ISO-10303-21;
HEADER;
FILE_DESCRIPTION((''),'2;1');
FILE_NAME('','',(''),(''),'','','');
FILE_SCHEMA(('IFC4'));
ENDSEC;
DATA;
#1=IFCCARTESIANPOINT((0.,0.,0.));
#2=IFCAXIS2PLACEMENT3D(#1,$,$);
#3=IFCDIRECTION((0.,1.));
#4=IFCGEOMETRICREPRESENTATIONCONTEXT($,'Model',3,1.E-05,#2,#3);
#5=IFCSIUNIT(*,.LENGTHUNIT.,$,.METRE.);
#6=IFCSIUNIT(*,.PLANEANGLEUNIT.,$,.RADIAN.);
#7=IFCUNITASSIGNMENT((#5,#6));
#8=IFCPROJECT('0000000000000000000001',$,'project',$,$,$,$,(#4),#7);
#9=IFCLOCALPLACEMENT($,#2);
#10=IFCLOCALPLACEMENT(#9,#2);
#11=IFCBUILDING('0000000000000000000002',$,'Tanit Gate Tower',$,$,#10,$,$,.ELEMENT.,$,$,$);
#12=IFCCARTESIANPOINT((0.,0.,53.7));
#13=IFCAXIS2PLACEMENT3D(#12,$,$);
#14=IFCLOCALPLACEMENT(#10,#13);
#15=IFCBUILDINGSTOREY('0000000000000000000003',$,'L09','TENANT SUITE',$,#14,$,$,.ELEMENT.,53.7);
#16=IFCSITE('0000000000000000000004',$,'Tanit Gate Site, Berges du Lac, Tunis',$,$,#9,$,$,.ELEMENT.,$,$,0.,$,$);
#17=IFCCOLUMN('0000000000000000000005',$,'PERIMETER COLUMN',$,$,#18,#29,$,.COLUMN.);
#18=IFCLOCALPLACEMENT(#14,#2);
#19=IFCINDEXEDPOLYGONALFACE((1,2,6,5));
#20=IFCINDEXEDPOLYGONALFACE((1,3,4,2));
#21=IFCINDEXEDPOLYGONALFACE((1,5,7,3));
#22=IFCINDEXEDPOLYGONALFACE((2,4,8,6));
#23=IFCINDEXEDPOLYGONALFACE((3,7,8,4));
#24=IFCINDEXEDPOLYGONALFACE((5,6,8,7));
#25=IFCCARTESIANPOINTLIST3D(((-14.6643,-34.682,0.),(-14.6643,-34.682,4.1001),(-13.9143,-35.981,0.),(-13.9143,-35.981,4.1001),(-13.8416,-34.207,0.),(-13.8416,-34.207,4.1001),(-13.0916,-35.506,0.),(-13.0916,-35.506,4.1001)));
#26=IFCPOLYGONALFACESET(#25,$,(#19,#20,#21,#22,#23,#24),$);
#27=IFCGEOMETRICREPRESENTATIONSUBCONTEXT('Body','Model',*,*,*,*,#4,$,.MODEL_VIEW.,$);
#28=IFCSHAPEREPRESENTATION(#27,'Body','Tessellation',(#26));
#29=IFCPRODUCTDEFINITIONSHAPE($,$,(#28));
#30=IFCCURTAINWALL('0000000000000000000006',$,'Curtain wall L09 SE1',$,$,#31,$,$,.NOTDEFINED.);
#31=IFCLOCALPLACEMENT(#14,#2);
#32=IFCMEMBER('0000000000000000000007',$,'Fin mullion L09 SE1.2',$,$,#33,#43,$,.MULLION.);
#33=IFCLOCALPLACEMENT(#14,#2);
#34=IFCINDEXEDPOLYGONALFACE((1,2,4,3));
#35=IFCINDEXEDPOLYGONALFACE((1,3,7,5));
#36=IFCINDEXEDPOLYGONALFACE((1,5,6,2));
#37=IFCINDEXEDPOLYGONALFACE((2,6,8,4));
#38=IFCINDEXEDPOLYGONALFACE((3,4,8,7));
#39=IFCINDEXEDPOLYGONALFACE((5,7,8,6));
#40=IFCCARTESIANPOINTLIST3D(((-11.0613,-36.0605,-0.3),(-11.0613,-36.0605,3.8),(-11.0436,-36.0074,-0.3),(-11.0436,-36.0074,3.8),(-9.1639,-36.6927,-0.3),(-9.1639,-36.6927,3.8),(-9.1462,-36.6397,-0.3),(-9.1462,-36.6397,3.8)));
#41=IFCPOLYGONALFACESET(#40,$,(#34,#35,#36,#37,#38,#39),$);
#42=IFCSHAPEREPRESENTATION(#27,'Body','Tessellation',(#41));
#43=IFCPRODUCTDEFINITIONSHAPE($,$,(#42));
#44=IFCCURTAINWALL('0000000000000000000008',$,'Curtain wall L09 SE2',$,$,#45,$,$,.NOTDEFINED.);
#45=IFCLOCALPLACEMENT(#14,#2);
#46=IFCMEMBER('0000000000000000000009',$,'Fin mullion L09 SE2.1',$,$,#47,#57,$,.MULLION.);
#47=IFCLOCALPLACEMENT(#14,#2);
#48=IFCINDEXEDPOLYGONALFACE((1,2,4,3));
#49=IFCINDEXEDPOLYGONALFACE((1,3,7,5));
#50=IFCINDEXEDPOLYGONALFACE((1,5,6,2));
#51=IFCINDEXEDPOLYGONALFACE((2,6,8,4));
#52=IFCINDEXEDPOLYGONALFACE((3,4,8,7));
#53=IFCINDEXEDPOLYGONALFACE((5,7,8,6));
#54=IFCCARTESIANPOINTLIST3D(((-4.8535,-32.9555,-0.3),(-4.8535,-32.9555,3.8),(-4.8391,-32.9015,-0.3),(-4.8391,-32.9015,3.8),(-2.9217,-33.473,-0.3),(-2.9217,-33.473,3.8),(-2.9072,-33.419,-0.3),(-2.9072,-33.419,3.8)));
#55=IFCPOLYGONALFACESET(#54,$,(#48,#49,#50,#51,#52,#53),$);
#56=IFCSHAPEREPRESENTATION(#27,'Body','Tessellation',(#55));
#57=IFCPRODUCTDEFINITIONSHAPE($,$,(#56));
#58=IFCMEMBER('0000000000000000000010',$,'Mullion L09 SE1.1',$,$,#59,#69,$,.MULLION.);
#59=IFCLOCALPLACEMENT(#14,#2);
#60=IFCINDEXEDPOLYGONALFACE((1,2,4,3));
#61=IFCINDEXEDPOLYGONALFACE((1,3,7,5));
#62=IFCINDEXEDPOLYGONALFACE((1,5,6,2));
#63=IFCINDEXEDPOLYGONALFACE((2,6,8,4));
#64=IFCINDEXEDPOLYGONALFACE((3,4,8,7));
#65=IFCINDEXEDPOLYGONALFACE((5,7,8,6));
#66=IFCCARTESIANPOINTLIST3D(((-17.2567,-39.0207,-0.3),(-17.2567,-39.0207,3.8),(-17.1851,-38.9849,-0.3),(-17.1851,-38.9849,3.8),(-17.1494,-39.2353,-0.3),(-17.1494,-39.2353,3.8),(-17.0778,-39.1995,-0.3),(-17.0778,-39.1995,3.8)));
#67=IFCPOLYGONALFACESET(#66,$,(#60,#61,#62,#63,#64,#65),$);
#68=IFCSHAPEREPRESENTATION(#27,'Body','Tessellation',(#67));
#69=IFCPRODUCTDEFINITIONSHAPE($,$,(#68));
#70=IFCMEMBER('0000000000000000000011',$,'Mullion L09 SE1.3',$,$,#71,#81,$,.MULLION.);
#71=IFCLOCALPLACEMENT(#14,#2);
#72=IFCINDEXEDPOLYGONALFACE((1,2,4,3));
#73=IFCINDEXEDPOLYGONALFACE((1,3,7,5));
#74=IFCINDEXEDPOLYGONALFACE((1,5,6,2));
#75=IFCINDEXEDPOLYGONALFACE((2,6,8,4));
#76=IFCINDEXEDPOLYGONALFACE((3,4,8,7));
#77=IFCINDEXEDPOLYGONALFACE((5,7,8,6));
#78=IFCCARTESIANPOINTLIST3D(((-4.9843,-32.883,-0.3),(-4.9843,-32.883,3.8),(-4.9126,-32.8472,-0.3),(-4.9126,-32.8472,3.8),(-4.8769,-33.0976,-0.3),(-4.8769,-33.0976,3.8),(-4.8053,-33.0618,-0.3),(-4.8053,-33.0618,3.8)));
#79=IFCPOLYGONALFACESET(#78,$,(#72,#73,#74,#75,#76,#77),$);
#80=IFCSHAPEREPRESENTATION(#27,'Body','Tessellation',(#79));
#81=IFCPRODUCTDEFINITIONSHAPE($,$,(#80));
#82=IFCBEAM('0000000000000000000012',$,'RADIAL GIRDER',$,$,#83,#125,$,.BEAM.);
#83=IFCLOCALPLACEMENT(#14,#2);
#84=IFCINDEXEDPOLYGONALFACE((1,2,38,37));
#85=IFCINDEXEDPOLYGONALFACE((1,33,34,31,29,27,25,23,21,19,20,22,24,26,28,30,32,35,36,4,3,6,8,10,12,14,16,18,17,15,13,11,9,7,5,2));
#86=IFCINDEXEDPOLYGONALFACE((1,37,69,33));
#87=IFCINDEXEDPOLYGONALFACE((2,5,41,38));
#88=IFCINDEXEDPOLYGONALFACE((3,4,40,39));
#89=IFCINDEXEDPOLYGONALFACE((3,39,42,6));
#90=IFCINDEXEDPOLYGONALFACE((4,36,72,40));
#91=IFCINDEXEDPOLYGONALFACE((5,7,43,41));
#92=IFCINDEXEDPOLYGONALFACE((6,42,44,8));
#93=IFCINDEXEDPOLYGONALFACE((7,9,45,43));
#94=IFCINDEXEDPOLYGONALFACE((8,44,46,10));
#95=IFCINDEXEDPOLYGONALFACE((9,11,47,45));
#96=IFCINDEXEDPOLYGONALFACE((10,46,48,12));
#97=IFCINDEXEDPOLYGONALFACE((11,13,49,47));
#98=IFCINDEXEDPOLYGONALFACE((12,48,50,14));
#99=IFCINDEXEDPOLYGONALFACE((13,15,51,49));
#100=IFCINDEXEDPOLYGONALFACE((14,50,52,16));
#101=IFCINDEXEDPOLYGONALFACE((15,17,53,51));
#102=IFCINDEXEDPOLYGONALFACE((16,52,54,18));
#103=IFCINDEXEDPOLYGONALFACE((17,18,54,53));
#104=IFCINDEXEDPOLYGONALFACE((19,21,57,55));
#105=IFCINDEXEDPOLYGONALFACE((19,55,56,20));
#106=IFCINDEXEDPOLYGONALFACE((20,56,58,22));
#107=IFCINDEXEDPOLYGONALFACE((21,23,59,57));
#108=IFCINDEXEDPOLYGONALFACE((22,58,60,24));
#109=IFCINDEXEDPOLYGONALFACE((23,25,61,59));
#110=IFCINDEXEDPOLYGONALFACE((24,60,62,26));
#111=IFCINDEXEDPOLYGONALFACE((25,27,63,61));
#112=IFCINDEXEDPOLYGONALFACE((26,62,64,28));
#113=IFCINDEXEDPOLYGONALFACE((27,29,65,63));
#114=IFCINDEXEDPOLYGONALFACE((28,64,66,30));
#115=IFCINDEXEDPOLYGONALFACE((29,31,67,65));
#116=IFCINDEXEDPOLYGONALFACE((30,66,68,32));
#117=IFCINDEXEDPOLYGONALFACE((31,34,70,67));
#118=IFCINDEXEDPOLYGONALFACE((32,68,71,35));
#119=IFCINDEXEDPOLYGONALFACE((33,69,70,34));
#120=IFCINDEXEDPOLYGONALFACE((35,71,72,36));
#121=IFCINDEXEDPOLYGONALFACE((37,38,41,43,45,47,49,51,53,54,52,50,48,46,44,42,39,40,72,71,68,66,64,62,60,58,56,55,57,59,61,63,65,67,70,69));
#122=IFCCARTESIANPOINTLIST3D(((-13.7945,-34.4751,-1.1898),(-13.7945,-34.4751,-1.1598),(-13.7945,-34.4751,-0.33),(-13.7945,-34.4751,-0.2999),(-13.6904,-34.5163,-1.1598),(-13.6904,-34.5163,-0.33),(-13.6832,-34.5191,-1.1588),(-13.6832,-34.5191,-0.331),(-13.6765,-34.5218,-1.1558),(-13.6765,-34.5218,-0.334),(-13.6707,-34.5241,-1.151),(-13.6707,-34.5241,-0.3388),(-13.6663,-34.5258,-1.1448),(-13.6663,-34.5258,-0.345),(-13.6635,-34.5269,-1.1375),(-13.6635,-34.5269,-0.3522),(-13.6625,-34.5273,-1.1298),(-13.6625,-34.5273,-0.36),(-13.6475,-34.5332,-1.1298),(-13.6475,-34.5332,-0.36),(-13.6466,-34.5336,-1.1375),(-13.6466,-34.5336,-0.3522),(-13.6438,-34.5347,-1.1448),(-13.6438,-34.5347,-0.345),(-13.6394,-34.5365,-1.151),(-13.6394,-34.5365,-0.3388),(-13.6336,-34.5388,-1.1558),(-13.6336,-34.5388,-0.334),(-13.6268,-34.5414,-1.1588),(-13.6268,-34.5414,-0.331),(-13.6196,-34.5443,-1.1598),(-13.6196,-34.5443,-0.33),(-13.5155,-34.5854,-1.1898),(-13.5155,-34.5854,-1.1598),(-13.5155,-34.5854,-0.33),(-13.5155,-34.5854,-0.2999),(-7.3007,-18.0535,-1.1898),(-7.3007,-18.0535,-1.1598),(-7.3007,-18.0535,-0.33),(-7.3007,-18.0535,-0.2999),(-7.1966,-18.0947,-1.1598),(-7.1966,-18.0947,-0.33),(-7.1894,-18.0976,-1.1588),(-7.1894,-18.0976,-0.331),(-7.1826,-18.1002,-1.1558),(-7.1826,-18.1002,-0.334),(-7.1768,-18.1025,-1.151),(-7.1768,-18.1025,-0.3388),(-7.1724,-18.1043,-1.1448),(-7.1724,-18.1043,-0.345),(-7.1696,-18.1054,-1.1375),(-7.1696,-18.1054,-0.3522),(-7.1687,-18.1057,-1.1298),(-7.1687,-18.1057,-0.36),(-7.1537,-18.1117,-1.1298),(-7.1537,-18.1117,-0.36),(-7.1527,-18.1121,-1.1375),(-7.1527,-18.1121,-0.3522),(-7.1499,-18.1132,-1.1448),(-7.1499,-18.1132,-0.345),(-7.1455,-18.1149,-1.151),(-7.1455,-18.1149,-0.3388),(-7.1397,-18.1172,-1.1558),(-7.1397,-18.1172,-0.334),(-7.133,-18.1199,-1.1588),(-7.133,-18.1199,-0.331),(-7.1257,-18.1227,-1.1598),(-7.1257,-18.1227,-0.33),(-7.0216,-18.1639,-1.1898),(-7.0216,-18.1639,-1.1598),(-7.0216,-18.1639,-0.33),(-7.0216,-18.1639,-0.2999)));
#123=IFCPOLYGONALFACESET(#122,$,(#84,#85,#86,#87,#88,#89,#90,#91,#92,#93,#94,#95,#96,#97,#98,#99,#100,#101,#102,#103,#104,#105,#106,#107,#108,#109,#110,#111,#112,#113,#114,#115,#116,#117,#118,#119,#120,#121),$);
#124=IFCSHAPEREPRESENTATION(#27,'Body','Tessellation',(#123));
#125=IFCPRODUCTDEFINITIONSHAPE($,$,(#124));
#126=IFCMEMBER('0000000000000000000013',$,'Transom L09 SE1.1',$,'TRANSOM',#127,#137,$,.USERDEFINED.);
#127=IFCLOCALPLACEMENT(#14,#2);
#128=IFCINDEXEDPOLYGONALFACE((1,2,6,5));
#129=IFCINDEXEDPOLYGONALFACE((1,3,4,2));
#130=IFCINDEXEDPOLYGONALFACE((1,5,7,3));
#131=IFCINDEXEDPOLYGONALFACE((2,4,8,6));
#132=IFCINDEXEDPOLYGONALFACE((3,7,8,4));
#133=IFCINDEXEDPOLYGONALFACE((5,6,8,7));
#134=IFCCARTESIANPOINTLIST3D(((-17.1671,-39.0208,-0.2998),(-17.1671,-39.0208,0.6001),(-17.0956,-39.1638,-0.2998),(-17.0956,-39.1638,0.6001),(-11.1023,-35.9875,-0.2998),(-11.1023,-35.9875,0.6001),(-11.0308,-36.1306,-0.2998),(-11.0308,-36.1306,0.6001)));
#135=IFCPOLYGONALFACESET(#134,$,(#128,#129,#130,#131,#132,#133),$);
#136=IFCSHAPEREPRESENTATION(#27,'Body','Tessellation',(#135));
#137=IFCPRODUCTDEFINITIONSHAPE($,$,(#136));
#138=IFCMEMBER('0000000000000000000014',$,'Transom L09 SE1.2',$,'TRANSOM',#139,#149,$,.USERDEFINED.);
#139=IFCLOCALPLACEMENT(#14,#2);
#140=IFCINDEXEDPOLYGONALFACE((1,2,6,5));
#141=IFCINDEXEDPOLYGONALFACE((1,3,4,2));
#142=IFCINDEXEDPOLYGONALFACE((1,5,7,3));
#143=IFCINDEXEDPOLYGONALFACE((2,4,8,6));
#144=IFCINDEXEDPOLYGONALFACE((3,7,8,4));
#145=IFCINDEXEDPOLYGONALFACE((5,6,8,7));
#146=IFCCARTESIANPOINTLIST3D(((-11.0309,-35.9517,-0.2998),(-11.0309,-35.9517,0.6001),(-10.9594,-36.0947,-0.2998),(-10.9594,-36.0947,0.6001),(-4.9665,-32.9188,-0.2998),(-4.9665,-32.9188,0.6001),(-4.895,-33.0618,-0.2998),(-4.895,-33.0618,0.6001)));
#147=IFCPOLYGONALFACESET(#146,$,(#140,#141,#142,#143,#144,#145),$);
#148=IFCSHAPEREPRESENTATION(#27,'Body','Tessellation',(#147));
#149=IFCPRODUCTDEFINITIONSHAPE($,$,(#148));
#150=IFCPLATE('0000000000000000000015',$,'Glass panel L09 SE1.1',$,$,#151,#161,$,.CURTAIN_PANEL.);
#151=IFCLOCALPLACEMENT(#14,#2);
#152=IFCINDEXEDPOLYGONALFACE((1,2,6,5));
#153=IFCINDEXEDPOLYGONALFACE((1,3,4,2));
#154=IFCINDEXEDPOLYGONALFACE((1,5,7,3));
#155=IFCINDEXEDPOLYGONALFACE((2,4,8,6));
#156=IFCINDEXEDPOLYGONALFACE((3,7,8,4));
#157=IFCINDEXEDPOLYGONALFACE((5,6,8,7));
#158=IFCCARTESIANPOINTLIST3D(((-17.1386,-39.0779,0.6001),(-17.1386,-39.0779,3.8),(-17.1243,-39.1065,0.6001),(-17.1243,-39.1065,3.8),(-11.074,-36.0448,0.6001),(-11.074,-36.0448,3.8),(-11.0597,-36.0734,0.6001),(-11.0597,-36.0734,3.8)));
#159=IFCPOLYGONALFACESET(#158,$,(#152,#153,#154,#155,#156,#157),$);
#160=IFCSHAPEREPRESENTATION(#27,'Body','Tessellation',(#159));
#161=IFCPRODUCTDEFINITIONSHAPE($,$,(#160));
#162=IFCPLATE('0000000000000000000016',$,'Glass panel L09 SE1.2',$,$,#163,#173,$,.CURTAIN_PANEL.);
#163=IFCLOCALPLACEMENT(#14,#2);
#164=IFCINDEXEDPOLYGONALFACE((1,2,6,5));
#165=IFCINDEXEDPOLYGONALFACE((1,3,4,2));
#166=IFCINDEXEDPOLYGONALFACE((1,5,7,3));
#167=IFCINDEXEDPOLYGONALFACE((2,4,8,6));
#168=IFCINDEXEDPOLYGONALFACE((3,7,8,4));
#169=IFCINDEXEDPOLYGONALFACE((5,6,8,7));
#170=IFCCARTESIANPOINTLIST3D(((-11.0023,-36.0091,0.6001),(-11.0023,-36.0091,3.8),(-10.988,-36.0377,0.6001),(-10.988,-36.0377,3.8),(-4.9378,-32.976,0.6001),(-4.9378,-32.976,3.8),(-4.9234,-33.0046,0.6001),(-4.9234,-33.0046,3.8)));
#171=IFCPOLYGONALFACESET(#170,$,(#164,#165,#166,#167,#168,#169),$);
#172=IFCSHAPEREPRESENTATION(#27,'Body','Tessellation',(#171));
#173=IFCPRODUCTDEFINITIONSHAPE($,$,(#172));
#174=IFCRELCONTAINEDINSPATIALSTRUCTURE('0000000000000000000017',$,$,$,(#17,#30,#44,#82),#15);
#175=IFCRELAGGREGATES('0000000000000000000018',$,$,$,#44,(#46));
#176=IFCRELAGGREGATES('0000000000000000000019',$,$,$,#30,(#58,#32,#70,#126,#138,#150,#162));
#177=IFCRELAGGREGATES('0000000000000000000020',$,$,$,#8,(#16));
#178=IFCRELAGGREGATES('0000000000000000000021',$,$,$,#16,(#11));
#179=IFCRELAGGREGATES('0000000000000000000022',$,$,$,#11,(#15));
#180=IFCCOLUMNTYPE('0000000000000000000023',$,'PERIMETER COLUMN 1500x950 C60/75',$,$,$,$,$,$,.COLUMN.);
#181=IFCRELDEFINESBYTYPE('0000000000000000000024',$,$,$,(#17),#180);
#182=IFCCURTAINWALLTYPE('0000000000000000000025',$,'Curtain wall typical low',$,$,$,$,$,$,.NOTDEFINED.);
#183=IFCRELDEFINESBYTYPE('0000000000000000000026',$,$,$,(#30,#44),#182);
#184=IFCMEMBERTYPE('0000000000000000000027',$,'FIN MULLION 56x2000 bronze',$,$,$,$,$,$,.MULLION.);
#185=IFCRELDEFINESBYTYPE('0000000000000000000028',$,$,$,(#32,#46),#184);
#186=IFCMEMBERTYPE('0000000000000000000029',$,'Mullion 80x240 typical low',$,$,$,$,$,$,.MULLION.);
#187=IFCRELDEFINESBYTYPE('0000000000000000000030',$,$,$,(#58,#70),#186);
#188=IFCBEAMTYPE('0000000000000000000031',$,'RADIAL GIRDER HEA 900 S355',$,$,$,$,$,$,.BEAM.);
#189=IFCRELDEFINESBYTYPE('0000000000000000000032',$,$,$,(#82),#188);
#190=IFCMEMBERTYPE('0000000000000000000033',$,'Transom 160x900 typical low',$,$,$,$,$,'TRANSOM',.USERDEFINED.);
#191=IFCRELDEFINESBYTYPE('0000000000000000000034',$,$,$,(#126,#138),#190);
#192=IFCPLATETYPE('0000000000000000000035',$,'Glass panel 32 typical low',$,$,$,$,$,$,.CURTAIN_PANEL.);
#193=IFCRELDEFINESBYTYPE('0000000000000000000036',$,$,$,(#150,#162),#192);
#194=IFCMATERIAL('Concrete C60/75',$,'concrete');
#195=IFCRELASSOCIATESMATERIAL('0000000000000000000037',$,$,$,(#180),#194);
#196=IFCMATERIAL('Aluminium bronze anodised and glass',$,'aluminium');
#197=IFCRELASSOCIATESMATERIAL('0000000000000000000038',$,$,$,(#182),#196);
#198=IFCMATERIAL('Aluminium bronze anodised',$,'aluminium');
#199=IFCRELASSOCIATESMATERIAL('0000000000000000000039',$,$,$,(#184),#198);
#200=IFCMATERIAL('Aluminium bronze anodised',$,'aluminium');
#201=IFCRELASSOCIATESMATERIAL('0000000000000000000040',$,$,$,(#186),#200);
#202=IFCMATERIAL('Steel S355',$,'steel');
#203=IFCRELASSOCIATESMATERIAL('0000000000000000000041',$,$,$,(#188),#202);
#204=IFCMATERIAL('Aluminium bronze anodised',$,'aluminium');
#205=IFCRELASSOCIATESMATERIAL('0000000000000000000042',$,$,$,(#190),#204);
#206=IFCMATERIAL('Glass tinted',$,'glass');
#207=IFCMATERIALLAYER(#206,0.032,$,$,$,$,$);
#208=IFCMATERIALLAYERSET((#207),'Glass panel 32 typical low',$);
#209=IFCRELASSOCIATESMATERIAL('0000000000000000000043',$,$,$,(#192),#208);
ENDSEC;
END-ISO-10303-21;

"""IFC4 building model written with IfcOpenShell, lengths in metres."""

from ifc_helpers import new_model, si_unit, direction, frame, origin, origin_2d, place, context, subcontext, project, spatial, rectangle, i_section, extrude, material, layer, layer_set, material_profile, profile_set, type_object, element, aggregate, save


model = new_model("IFC4")

# Units and contexts
model_context = context("Model", 3, precision=1e-05, world=origin(), true_north=direction((0.0, 1.0)))
body_context = subcontext(model_context, "Body", "Model", "MODEL_VIEW")
ifc_project = project(units=[si_unit("LENGTHUNIT", "METRE"), si_unit("PLANEANGLEUNIT", "RADIAN")], contexts=[model_context])

# Site, building, storey
site_placement = place(None, origin())
site = spatial("IfcSite", under=ifc_project, at=site_placement, Name="Tanit Gate Site, Berges du Lac, Tunis", CompositionType="ELEMENT", RefElevation=0.0)
building_placement = place(site_placement, origin())
building = spatial("IfcBuilding", under=site, at=building_placement, Name="Tanit Gate Tower", CompositionType="ELEMENT")
storey_placement = place(building_placement, frame((0.0, 0.0, 53.7)))
storey = spatial("IfcBuildingStorey", under=building, at=storey_placement, Name="L09", Description="TENANT SUITE", CompositionType="ELEMENT", Elevation=53.7)

# Column
ifc_material_1 = material(Name="Concrete C60/75", Category="concrete")
ifc_material_profile_1 = material_profile(ifc_material_1, rectangle(XDim=1.5, YDim=0.95, at=origin_2d()), Name="RC 1500x950")
ifc_profile_set_1 = profile_set([ifc_material_profile_1], Name="Concrete C60/75")
column_type = type_object("IfcColumnType", Name="PERIMETER COLUMN 1500x950 C60/75", PredefinedType="COLUMN", material=ifc_profile_set_1)
column_placement = place(storey_placement, frame((-13.8779, -35.094, 0.0), z_axis=(0.0, 0.0, 1.0), x_axis=(0.5, -0.866025, 0.0)))
element("IfcColumn", 1, at=column_placement, inside=storey, type_object=column_type, Name="PERIMETER COLUMN", PredefinedType="COLUMN", context=body_context, shape_type="SweptSolid", body=[
    extrude(rectangle(XDim=1.5, YDim=0.95, at=origin_2d()), origin(), (0.0, 0.0, 1.0), 4.1001),
])

# Curtain walls, members
ifc_material_2 = material(Name="Aluminium bronze anodised and glass", Category="aluminium")
curtain_wall_type = type_object("IfcCurtainWallType", Name="Curtain wall typical low", PredefinedType="NOTDEFINED", material=ifc_material_2)
curtain_wall_1_placement = place(storey_placement, origin())
curtain_wall_1 = element("IfcCurtainWall", 2, at=curtain_wall_1_placement, inside=storey, type_object=curtain_wall_type, Name="Curtain wall L09 SE1", PredefinedType="NOTDEFINED")
ifc_material_3 = material(Name="Aluminium bronze anodised", Category="aluminium")
ifc_material_profile_2 = material_profile(ifc_material_3, rectangle(XDim=2.0, YDim=0.0559, at=origin_2d()), Name="56x2000 bronze fin mullion")
ifc_profile_set_2 = profile_set([ifc_material_profile_2], Name="Aluminium bronze anodised")
member_type_1 = type_object("IfcMemberType", Name="FIN MULLION 56x2000 bronze", PredefinedType="MULLION", material=ifc_profile_set_2)
member_1_placement = place(storey_placement, frame((-10.1038, -36.3501, -0.3), z_axis=(0.0, 0.0, 1.0), x_axis=(-0.948716, 0.316129, 0.0)))
member_1 = element("IfcMember", 3, at=member_1_placement, type_object=member_type_1, Name="Fin mullion L09 SE1.2", PredefinedType="MULLION", context=body_context, shape_type="SweptSolid", body=[
    extrude(rectangle(XDim=2.0, YDim=0.0559, at=origin_2d()), origin(), (0.0, 0.0, 1.0), 4.1001),
])
curtain_wall_2_placement = place(storey_placement, origin())
curtain_wall_2 = element("IfcCurtainWall", 4, at=curtain_wall_2_placement, inside=storey, type_object=curtain_wall_type, Name="Curtain wall L09 SE2", PredefinedType="NOTDEFINED")
member_2_placement = place(storey_placement, frame((-3.8804, -33.1873, -0.3), z_axis=(0.0, 0.0, 1.0), x_axis=(-0.965944, 0.258752, 0.0)))
member_2 = element("IfcMember", 5, at=member_2_placement, type_object=member_type_1, Name="Fin mullion L09 SE2.1", PredefinedType="MULLION", context=body_context, shape_type="SweptSolid", body=[
    extrude(rectangle(XDim=2.0, YDim=0.0559, at=origin_2d()), origin(), (0.0, 0.0, 1.0), 4.1001),
])
aggregate(curtain_wall_2, [member_2])

# Members
ifc_material_4 = material(Name="Aluminium bronze anodised", Category="aluminium")
ifc_material_profile_3 = material_profile(ifc_material_4, rectangle(XDim=0.24, YDim=0.0801, at=origin_2d()), Name="80x240 bronze mullion")
ifc_profile_set_3 = profile_set([ifc_material_profile_3], Name="Aluminium bronze anodised")
member_type_2 = type_object("IfcMemberType", Name="Mullion 80x240 typical low", PredefinedType="MULLION", material=ifc_profile_set_3)
member_3_placement = place(storey_placement, frame((-17.1672, -39.1101, -0.3), z_axis=(0.0, 0.0, 1.0), x_axis=(-0.447307, 0.894381, 0.0)))
member_3 = element("IfcMember", 6, at=member_3_placement, type_object=member_type_2, Name="Mullion L09 SE1.1", PredefinedType="MULLION", context=body_context, shape_type="SweptSolid", body=[
    extrude(rectangle(XDim=0.24, YDim=0.0801, at=origin_2d()), origin(), (0.0, 0.0, 1.0), 4.1001),
])
member_4_placement = place(storey_placement, frame((-4.8948, -32.9724, -0.3), z_axis=(0.0, 0.0, 1.0), x_axis=(-0.447307, 0.894381, 0.0)))
member_4 = element("IfcMember", 7, at=member_4_placement, type_object=member_type_2, Name="Mullion L09 SE1.3", PredefinedType="MULLION", context=body_context, shape_type="SweptSolid", body=[
    extrude(rectangle(XDim=0.24, YDim=0.0801, at=origin_2d()), origin(), (0.0, 0.0, 1.0), 4.1001),
])

# Beam
ifc_material_5 = material(Name="Steel S355", Category="steel")
ifc_material_profile_4 = material_profile(ifc_material_5, i_section(OverallWidth=0.3, OverallDepth=0.8899, WebThickness=0.0161, FlangeThickness=0.03, FilletRadius=0.03, at=origin_2d()), Name="HEA 900")
ifc_profile_set_4 = profile_set([ifc_material_profile_4], Name="Steel S355")
beam_type = type_object("IfcBeamType", Name="RADIAL GIRDER HEA 900 S355", PredefinedType="BEAM", material=ifc_profile_set_4)
beam_placement = place(storey_placement, frame((-13.655, -34.5303, -0.7449), z_axis=(0.367738, 0.929929, 0.0), x_axis=(-0.929929, 0.367738, 0.0)))
element("IfcBeam", 8, at=beam_placement, inside=storey, type_object=beam_type, Name="RADIAL GIRDER", PredefinedType="BEAM", context=body_context, shape_type="SweptSolid", body=[
    extrude(i_section(OverallWidth=0.3, OverallDepth=0.8899, WebThickness=0.0161, FlangeThickness=0.03, FilletRadius=0.03, at=origin_2d()), origin(), (0.0, 0.0, 1.0), 17.6589),
])

# Members
ifc_material_6 = material(Name="Aluminium bronze anodised", Category="aluminium")
ifc_material_profile_5 = material_profile(ifc_material_6, rectangle(XDim=0.1599, YDim=0.8999, at=origin_2d()), Name="160x900 bronze transom")
ifc_profile_set_5 = profile_set([ifc_material_profile_5], Name="Aluminium bronze anodised")
member_type_3 = type_object("IfcMemberType", Name="Transom 160x900 typical low", ElementType="TRANSOM", PredefinedType="USERDEFINED", material=ifc_profile_set_5)
member_5_placement = place(storey_placement, frame((-17.1313, -39.0923, 0.1501), z_axis=(0.894377, 0.447314, 0.0), x_axis=(-0.447314, 0.894377, 0.0)))
member_5 = element("IfcMember", 9, at=member_5_placement, type_object=member_type_3, Name="Transom L09 SE1.1", ObjectType="TRANSOM", PredefinedType="USERDEFINED", context=body_context, shape_type="SweptSolid", body=[
    extrude(rectangle(XDim=0.1599, YDim=0.8999, at=origin_2d()), origin(), (0.0, 0.0, 1.0), 6.781),
])
member_6_placement = place(storey_placement, frame((-10.9951, -36.0232, 0.1501), z_axis=(0.894384, 0.4473, 0.0), x_axis=(-0.4473, 0.894384, 0.0)))
member_6 = element("IfcMember", 10, at=member_6_placement, type_object=member_type_3, Name="Transom L09 SE1.2", ObjectType="TRANSOM", PredefinedType="USERDEFINED", context=body_context, shape_type="SweptSolid", body=[
    extrude(rectangle(XDim=0.1599, YDim=0.8999, at=origin_2d()), origin(), (0.0, 0.0, 1.0), 6.7805),
])

# Plates
ifc_material_7 = material(Name="Glass tinted", Category="glass")
ifc_layer = layer(ifc_material_7, 0.032)
ifc_layer_set = layer_set([ifc_layer], Name="Glass panel 32 typical low")
plate_type = type_object("IfcPlateType", Name="Glass panel 32 typical low", PredefinedType="CURTAIN_PANEL", material=ifc_layer_set)
plate_1_placement = place(storey_placement, frame((-14.0991, -37.5757, 0.6001), z_axis=(0.0, 0.0, 1.0), x_axis=(0.894381, 0.447307, 0.0)))
plate_1 = element("IfcPlate", 11, at=plate_1_placement, type_object=plate_type, Name="Glass panel L09 SE1.1", PredefinedType="CURTAIN_PANEL", context=body_context, shape_type="SweptSolid", body=[
    extrude(rectangle(XDim=6.7808, YDim=0.032, at=origin_2d()), origin(), (0.0, 0.0, 1.0), 3.2),
])
plate_2_placement = place(storey_placement, frame((-7.9629, -34.5068, 0.6001), z_axis=(0.0, 0.0, 1.0), x_axis=(0.894381, 0.447307, 0.0)))
plate_2 = element("IfcPlate", 12, at=plate_2_placement, type_object=plate_type, Name="Glass panel L09 SE1.2", PredefinedType="CURTAIN_PANEL", context=body_context, shape_type="SweptSolid", body=[
    extrude(rectangle(XDim=6.7808, YDim=0.032, at=origin_2d()), origin(), (0.0, 0.0, 1.0), 3.2),
])
aggregate(curtain_wall_1, [member_3, member_1, member_4, member_5, member_6, plate_1, plate_2])

save(model, "model.ifc")
